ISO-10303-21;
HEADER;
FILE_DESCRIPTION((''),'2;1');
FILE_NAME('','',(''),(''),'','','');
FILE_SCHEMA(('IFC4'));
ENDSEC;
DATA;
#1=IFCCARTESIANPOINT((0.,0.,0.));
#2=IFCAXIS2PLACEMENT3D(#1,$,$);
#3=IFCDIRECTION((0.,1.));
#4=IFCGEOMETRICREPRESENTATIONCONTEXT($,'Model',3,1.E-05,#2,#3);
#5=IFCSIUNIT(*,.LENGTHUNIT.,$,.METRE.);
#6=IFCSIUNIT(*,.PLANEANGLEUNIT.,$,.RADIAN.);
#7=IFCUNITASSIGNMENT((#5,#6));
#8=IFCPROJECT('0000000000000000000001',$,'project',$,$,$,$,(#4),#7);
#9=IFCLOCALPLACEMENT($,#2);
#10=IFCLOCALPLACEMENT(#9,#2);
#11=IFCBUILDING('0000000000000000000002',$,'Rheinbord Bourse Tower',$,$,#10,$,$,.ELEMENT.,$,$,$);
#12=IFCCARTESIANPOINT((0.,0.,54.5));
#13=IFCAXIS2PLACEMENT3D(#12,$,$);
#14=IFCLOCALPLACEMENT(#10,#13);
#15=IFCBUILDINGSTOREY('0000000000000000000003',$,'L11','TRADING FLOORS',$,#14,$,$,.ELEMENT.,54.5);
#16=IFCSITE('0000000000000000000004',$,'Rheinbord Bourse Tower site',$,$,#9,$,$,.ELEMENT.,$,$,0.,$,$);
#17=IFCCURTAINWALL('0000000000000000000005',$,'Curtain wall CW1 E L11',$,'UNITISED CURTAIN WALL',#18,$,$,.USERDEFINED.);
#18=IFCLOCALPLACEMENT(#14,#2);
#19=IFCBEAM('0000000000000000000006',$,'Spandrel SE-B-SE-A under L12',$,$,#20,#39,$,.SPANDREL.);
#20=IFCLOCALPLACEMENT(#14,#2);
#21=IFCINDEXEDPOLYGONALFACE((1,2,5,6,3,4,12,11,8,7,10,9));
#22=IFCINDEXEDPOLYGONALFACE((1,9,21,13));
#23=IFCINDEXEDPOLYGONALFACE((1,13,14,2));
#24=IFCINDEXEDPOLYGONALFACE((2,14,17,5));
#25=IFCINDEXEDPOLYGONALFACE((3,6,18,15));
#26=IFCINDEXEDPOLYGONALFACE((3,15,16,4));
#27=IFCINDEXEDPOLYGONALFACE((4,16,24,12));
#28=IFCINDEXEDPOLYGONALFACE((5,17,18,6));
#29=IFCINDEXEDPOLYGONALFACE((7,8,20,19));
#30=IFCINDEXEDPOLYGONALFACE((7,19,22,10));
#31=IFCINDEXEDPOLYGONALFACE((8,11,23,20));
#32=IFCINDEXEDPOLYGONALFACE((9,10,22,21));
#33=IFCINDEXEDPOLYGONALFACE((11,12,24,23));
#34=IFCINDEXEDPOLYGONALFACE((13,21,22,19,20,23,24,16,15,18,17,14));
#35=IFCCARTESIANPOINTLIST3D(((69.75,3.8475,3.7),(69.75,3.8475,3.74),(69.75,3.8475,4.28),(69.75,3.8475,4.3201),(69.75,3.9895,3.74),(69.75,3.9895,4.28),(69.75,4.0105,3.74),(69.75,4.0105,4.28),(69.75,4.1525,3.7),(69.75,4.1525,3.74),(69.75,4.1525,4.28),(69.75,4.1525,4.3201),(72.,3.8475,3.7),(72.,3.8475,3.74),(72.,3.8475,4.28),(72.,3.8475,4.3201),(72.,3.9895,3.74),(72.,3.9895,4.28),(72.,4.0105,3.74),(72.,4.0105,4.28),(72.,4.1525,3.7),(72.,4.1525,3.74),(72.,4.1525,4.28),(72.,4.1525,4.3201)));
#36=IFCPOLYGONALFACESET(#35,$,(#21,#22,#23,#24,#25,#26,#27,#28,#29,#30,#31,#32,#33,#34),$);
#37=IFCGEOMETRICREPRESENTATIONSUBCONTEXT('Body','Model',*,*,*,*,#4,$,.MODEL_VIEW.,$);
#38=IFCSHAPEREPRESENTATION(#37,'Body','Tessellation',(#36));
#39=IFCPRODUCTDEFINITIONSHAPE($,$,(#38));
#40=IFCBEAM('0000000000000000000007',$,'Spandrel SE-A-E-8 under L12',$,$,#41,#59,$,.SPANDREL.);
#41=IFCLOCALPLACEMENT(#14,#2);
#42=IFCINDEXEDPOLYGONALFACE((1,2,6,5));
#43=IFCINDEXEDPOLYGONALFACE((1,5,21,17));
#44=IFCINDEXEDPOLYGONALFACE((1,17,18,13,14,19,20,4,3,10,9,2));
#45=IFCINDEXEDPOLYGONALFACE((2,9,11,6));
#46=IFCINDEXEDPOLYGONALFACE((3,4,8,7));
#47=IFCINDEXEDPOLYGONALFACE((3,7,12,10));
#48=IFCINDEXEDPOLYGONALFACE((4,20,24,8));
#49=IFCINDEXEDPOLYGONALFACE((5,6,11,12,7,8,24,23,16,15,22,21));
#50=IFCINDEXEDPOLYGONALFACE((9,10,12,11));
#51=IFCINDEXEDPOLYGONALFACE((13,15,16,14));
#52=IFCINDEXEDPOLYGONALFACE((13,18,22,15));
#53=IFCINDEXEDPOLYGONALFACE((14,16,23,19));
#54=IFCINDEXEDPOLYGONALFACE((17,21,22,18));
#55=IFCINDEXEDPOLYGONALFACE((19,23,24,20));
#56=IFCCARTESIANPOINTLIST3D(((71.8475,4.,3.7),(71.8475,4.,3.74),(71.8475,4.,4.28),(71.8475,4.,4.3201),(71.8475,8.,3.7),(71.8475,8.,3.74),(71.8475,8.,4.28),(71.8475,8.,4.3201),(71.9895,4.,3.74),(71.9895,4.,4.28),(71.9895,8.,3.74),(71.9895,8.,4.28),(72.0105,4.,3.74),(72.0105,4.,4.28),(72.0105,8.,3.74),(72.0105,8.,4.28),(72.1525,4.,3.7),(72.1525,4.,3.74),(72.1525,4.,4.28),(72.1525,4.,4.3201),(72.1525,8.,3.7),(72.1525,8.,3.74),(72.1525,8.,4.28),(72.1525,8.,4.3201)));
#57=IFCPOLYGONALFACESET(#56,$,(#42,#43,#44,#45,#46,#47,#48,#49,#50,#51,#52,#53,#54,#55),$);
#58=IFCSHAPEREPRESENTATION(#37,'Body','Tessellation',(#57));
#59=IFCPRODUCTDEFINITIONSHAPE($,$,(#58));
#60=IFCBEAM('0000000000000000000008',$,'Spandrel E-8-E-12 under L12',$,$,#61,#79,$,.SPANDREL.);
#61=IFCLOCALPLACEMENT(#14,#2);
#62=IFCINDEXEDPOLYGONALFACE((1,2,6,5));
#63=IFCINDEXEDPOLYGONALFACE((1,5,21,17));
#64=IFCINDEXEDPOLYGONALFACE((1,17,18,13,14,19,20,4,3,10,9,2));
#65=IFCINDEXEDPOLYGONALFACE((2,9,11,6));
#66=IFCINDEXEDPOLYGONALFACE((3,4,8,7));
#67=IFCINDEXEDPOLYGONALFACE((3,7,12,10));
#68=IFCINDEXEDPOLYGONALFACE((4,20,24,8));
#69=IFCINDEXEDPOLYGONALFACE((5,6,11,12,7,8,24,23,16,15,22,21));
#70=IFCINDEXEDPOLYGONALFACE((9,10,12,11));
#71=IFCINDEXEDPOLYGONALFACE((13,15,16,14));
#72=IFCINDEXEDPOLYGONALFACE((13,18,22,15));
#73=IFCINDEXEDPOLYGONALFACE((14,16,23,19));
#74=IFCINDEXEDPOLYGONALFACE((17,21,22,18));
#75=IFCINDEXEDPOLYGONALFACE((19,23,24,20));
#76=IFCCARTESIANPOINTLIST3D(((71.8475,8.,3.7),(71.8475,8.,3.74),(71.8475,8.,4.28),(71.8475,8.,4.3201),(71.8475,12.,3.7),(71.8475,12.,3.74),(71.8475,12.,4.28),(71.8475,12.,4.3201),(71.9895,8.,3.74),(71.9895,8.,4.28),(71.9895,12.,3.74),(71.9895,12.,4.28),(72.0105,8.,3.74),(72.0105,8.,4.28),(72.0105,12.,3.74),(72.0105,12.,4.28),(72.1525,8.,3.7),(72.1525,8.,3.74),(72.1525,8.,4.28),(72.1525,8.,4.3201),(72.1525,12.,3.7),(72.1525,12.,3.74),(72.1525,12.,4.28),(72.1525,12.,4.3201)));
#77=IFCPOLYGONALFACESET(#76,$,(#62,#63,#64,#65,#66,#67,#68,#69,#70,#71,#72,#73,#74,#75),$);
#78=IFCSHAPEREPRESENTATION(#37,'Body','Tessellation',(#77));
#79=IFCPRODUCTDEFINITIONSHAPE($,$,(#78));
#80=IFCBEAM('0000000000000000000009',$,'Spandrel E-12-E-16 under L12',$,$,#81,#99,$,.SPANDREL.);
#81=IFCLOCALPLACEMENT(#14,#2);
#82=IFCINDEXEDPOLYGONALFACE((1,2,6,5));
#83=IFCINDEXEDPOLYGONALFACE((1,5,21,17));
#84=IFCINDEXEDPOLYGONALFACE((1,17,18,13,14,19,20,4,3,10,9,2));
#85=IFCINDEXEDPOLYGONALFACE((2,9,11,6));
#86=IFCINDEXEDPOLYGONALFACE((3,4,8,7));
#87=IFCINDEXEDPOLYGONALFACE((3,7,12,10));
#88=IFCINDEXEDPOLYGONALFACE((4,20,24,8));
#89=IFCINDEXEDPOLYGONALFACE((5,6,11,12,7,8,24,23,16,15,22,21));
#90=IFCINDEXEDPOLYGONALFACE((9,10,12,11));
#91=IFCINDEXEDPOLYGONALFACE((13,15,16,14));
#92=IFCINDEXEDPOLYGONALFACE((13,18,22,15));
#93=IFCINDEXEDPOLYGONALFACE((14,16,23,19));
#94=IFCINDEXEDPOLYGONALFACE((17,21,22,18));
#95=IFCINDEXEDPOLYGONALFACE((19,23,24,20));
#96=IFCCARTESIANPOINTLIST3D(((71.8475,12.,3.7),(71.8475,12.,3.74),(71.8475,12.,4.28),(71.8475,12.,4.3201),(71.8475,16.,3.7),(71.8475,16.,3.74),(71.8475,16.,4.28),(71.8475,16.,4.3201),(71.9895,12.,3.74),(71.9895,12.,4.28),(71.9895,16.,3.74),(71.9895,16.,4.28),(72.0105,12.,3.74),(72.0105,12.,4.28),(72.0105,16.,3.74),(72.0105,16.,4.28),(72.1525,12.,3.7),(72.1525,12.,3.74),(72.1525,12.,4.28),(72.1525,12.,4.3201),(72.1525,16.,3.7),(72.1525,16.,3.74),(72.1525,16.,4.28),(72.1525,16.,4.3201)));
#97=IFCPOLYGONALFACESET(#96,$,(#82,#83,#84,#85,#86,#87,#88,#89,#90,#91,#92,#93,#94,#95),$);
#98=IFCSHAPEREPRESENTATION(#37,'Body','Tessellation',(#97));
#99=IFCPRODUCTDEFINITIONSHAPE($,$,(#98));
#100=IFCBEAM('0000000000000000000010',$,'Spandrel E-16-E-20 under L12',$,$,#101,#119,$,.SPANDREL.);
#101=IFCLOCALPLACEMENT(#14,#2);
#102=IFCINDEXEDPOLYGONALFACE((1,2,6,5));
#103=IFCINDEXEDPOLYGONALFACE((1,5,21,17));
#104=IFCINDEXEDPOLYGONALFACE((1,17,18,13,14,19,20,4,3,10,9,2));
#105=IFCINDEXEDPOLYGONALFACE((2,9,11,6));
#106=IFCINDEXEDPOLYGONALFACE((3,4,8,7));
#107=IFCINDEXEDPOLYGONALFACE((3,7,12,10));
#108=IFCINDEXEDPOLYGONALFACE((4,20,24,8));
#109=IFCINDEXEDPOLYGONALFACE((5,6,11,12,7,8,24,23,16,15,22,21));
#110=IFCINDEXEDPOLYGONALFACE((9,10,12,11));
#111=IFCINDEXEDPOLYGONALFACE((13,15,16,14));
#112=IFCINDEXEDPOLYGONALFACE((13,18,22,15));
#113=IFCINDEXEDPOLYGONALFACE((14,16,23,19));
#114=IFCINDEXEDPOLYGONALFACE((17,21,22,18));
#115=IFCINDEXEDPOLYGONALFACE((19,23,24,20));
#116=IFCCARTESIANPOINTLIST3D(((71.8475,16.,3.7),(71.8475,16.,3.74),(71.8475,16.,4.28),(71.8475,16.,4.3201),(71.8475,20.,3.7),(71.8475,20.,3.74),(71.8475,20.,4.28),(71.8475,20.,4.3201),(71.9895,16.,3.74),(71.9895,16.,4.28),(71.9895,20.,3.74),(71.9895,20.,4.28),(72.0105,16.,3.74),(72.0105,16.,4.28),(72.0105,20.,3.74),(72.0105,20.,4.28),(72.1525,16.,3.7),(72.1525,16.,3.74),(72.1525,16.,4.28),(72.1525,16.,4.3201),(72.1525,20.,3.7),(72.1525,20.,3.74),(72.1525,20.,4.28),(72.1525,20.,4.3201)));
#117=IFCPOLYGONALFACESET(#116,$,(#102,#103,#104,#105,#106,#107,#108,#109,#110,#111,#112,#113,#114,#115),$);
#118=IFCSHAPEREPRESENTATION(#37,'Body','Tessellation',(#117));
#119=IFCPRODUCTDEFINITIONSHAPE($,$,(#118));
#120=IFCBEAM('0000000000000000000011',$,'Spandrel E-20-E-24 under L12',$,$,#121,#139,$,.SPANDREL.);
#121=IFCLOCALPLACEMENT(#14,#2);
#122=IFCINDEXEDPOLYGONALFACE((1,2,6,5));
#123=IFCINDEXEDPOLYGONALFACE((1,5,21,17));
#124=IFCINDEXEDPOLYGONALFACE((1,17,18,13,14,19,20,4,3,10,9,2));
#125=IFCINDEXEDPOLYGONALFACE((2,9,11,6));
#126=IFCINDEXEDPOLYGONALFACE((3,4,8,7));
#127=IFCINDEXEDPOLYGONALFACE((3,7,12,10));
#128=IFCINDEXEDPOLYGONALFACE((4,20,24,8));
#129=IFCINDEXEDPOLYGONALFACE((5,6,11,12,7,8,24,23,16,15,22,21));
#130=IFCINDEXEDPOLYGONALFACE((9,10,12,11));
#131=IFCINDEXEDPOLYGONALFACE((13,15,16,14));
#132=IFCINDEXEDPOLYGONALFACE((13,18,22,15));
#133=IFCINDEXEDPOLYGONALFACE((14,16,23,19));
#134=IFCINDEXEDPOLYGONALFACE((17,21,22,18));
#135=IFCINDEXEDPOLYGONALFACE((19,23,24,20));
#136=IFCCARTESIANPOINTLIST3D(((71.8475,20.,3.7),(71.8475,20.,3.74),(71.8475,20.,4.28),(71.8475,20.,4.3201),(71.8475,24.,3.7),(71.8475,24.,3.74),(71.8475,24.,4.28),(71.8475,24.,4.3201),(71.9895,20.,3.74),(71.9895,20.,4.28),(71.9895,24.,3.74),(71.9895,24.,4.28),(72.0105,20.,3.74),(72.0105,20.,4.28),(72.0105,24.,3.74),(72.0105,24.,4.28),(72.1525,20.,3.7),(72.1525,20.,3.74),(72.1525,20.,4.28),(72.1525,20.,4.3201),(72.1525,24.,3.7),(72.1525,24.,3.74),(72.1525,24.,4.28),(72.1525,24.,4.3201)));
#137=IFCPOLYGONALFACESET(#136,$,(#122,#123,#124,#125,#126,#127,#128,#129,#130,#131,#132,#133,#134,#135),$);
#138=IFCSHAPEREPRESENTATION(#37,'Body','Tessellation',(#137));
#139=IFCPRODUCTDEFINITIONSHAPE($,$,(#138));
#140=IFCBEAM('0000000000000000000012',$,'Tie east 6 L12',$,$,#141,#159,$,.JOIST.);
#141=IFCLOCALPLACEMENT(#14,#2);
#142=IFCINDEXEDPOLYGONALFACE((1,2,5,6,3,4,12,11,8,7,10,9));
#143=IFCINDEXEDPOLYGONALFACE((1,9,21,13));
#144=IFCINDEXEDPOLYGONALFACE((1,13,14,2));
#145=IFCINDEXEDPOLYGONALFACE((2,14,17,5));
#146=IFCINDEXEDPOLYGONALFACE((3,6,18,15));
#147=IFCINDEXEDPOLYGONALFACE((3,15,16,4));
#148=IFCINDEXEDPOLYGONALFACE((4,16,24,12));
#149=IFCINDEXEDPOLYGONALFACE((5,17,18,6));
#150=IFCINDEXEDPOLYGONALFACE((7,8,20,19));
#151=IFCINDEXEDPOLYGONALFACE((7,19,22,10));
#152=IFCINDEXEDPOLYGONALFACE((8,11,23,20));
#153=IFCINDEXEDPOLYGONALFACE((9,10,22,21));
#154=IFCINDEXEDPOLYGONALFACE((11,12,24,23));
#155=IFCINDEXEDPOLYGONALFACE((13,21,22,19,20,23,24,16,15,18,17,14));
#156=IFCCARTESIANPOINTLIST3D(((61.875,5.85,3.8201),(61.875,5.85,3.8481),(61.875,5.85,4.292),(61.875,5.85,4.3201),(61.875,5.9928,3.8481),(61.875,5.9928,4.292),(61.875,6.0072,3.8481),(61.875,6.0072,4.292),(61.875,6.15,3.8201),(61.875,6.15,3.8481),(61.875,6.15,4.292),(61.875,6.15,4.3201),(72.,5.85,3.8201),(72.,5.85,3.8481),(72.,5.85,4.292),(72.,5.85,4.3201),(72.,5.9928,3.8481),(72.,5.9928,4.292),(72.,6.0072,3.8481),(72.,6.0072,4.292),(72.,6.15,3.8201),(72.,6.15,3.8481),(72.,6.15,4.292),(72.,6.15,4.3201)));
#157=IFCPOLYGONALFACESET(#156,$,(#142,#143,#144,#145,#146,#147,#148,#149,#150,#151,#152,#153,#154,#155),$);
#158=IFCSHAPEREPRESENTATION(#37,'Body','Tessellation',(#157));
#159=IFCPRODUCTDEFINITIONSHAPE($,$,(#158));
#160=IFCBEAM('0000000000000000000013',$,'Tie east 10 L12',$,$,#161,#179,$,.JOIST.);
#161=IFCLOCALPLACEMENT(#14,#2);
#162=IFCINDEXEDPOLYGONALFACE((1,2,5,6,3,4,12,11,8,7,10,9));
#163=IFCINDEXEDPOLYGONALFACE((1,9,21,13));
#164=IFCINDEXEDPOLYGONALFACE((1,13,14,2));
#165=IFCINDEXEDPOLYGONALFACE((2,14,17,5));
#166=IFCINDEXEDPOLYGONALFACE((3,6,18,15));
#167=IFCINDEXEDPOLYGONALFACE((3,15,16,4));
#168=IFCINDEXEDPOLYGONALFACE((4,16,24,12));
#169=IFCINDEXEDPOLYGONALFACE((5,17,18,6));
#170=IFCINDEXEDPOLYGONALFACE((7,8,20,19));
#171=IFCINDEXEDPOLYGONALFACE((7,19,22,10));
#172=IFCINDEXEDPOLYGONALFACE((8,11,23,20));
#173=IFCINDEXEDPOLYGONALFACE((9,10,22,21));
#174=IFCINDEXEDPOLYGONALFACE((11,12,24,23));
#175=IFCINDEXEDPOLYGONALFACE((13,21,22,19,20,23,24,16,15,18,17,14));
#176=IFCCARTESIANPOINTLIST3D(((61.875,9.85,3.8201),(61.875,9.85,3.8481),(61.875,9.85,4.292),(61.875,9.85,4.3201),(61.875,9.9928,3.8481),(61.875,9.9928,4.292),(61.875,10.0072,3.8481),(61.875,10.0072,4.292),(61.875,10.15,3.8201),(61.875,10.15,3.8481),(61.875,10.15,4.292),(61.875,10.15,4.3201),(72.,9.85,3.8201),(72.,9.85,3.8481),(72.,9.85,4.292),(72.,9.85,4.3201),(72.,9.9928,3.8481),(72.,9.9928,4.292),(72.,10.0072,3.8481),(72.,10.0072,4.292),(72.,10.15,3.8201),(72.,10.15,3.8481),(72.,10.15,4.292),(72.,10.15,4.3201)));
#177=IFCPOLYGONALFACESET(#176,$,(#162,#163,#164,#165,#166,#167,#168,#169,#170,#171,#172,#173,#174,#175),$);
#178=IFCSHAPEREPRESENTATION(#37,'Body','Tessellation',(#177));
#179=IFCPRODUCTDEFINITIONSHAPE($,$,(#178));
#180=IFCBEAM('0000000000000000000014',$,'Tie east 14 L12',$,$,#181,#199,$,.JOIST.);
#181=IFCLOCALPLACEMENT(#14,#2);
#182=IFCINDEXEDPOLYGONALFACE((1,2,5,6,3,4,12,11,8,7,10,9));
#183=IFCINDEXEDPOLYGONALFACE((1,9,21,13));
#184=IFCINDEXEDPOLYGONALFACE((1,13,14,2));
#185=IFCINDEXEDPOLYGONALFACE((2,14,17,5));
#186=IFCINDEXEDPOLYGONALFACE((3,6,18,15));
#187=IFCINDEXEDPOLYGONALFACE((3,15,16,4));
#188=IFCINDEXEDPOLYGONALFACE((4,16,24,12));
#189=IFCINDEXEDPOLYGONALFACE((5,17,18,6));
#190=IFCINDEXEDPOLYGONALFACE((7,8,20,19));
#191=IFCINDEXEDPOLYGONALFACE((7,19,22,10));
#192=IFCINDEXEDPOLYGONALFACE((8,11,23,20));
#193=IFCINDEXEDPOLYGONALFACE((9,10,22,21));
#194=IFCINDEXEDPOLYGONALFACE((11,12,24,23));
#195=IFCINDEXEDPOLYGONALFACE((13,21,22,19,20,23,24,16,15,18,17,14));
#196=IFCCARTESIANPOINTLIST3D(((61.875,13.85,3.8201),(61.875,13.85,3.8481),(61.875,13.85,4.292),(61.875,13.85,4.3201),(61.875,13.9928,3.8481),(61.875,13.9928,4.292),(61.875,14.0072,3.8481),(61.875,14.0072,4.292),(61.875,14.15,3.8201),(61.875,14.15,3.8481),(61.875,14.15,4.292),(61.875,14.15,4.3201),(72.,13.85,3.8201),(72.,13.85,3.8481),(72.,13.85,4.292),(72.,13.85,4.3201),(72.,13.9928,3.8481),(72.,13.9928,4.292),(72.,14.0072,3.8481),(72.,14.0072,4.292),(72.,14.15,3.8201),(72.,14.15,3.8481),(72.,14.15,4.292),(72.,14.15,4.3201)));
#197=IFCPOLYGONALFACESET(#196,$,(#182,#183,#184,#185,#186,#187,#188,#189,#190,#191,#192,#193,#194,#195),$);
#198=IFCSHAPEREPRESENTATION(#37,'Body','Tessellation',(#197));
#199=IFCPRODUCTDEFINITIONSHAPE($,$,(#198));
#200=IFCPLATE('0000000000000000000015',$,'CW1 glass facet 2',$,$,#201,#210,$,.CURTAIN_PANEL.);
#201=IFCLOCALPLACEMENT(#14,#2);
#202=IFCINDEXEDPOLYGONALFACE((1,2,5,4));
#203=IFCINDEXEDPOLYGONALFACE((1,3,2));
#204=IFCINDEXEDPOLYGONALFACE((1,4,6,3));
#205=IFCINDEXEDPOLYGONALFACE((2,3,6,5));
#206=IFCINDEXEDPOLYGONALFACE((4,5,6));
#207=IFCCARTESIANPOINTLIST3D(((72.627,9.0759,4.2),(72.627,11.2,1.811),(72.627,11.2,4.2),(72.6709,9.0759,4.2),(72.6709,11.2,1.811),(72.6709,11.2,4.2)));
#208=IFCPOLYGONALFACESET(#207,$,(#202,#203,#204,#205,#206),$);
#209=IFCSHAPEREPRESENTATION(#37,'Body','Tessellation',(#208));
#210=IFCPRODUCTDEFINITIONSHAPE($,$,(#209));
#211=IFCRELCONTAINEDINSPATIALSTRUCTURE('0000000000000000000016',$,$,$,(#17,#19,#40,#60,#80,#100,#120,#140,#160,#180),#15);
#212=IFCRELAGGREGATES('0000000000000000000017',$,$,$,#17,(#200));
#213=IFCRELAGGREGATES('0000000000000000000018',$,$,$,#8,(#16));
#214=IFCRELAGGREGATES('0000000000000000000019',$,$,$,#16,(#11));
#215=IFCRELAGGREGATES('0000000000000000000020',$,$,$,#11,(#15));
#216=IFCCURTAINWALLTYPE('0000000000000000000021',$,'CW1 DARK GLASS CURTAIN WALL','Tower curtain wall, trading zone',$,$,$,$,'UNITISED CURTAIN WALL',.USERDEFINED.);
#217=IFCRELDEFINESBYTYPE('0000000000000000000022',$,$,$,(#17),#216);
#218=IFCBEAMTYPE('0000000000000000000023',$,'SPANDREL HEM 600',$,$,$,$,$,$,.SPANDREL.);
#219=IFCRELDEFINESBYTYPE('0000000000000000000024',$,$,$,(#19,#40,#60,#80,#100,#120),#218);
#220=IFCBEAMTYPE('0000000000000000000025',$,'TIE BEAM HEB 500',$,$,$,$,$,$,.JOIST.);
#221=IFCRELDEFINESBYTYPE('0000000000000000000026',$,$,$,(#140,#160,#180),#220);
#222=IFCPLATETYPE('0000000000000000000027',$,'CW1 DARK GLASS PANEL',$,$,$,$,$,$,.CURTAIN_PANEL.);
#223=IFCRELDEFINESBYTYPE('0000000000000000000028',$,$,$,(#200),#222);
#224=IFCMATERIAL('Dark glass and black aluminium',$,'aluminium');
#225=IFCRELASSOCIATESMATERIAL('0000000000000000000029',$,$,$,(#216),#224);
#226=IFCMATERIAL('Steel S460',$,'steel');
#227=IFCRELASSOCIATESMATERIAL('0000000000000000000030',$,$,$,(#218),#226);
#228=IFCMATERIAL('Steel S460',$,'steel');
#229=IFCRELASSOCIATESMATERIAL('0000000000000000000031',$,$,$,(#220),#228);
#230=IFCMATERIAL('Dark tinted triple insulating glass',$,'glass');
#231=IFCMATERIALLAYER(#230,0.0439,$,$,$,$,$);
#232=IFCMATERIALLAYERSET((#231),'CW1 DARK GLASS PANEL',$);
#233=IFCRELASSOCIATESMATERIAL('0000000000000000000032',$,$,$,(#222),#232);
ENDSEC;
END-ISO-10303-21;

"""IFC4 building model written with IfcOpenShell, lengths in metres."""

from ifc_helpers import new_model, si_unit, direction, frame, origin, origin_2d, place, context, subcontext, project, spatial, polyline, i_section, outline, extrude, material, layer, layer_set, material_profile, profile_set, type_object, element, aggregate, save


model = new_model("IFC4")

# Units and contexts
model_context = context("Model", 3, precision=1e-05, world=origin(), true_north=direction((0.0, 1.0)))
body_context = subcontext(model_context, "Body", "Model", "MODEL_VIEW")
ifc_project = project(units=[si_unit("LENGTHUNIT", "METRE"), si_unit("PLANEANGLEUNIT", "RADIAN")], contexts=[model_context])

# Site, building, storey
site_placement = place(None, origin())
site = spatial("IfcSite", under=ifc_project, at=site_placement, Name="Rheinbord Bourse Tower site", CompositionType="ELEMENT", RefElevation=0.0)
building_placement = place(site_placement, origin())
building = spatial("IfcBuilding", under=site, at=building_placement, Name="Rheinbord Bourse Tower", CompositionType="ELEMENT")
storey_placement = place(building_placement, frame((0.0, 0.0, 54.5)))
storey = spatial("IfcBuildingStorey", under=building, at=storey_placement, Name="L11", Description="TRADING FLOORS", CompositionType="ELEMENT", Elevation=54.5)

# Curtain wall
ifc_material_1 = material(Name="Dark glass and black aluminium", Category="aluminium")
curtain_wall_type = type_object("IfcCurtainWallType", Name="CW1 DARK GLASS CURTAIN WALL", Description="Tower curtain wall, trading zone", ElementType="UNITISED CURTAIN WALL", PredefinedType="USERDEFINED", material=ifc_material_1)
curtain_wall_placement = place(storey_placement, origin())
curtain_wall = element("IfcCurtainWall", 1, at=curtain_wall_placement, inside=storey, type_object=curtain_wall_type, Name="Curtain wall CW1 E L11", ObjectType="UNITISED CURTAIN WALL", PredefinedType="USERDEFINED")

# Beams
ifc_material_2 = material(Name="Steel S460", Category="steel")
ifc_material_profile_1 = material_profile(ifc_material_2, i_section(OverallWidth=0.3049, OverallDepth=0.6201, WebThickness=0.021, FlangeThickness=0.04, at=origin_2d()), Name="HEM 600")
ifc_profile_set_1 = profile_set([ifc_material_profile_1], Name="Steel S460")
beam_type_1 = type_object("IfcBeamType", Name="SPANDREL HEM 600", PredefinedType="SPANDREL", material=ifc_profile_set_1)
beam_1_placement = place(storey_placement, frame((69.75, 4.0, 4.01), z_axis=(1.0, 0.0, 0.0), x_axis=(0.0, 1.0, 0.0)))
element("IfcBeam", 2, at=beam_1_placement, inside=storey, type_object=beam_type_1, Name="Spandrel SE-B-SE-A under L12", PredefinedType="SPANDREL", context=body_context, shape_type="SweptSolid", body=[
    extrude(i_section(OverallWidth=0.3049, OverallDepth=0.6201, WebThickness=0.021, FlangeThickness=0.04, at=origin_2d()), origin(), (0.0, 0.0, 1.0), 2.25),
])
for number, where, z_axis, x_axis, name in (
    (3, (72.0, 4.0, 4.01), (0.0, 1.0, 0.0), (-1.0, 0.0, 0.0), "Spandrel SE-A-E-8 under L12"),
    (4, (72.0, 8.0, 4.01), (0.0, 1.0, 0.0), (-1.0, 0.0, 0.0), "Spandrel E-8-E-12 under L12"),
    (5, (72.0, 12.0, 4.01), (0.0, 1.0, 0.0), (-1.0, 0.0, 0.0), "Spandrel E-12-E-16 under L12"),
    (6, (72.0, 16.0, 4.01), (0.0, 1.0, 0.0), (-1.0, 0.0, 0.0), "Spandrel E-16-E-20 under L12"),
    (7, (72.0, 20.0, 4.01), (0.0, 1.0, 0.0), (-1.0, 0.0, 0.0), "Spandrel E-20-E-24 under L12"),
):
    element("IfcBeam", number, at=place(storey_placement, frame(where, z_axis=z_axis, x_axis=x_axis)), inside=storey, type_object=beam_type_1, Name=name, PredefinedType="SPANDREL", context=body_context, shape_type="SweptSolid", body=[
        extrude(i_section(OverallWidth=0.3049, OverallDepth=0.6201, WebThickness=0.021, FlangeThickness=0.04, at=origin_2d()), origin(), (0.0, 0.0, 1.0), 4.0),
    ])
ifc_material_3 = material(Name="Steel S460", Category="steel")
ifc_material_profile_2 = material_profile(ifc_material_3, i_section(OverallWidth=0.3, OverallDepth=0.5, WebThickness=0.0144, FlangeThickness=0.0281, at=origin_2d()), Name="HEB 500")
ifc_profile_set_2 = profile_set([ifc_material_profile_2], Name="Steel S460")
beam_type_2 = type_object("IfcBeamType", Name="TIE BEAM HEB 500", PredefinedType="JOIST", material=ifc_profile_set_2)
for number, where, z_axis, x_axis, name in (
    (8, (61.875, 6.0, 4.0701), (1.0, 0.0, 0.0), (0.0, 1.0, 0.0), "Tie east 6 L12"),
    (9, (61.875, 10.0, 4.0701), (1.0, 0.0, 0.0), (0.0, 1.0, 0.0), "Tie east 10 L12"),
    (10, (61.875, 14.0, 4.0701), (1.0, 0.0, 0.0), (0.0, 1.0, 0.0), "Tie east 14 L12"),
):
    element("IfcBeam", number, at=place(storey_placement, frame(where, z_axis=z_axis, x_axis=x_axis)), inside=storey, type_object=beam_type_2, Name=name, PredefinedType="JOIST", context=body_context, shape_type="SweptSolid", body=[
        extrude(i_section(OverallWidth=0.3, OverallDepth=0.5, WebThickness=0.0144, FlangeThickness=0.0281, at=origin_2d()), origin(), (0.0, 0.0, 1.0), 10.125),
    ])

# Plate
ifc_material_4 = material(Name="Dark tinted triple insulating glass", Category="glass")
ifc_layer_1 = layer(ifc_material_4, 0.0439)
ifc_layer_set_1 = layer_set([ifc_layer_1], Name="CW1 DARK GLASS PANEL")
plate_type = type_object("IfcPlateType", Name="CW1 DARK GLASS PANEL", PredefinedType="CURTAIN_PANEL", material=ifc_layer_set_1)
plate_1_placement = place(storey_placement, frame((72.6709, 11.2, 4.2), z_axis=(-1.0, 0.0, 0.0), x_axis=(0.0, 0.0, -1.0)))
plate_1 = element("IfcPlate", 11, at=plate_1_placement, type_object=plate_type, Name="CW1 glass facet 2", PredefinedType="CURTAIN_PANEL", context=body_context, shape_type="SweptSolid", body=[
    extrude(outline(polyline([(0.0, 0.0), (2.3889, 0.0), (0.0, 2.124), (0.0, 0.0)])), origin(), (0.0, 0.0, 1.0), 0.0439),
])
aggregate(curtain_wall, [plate_1])

save(model, "model.ifc")
